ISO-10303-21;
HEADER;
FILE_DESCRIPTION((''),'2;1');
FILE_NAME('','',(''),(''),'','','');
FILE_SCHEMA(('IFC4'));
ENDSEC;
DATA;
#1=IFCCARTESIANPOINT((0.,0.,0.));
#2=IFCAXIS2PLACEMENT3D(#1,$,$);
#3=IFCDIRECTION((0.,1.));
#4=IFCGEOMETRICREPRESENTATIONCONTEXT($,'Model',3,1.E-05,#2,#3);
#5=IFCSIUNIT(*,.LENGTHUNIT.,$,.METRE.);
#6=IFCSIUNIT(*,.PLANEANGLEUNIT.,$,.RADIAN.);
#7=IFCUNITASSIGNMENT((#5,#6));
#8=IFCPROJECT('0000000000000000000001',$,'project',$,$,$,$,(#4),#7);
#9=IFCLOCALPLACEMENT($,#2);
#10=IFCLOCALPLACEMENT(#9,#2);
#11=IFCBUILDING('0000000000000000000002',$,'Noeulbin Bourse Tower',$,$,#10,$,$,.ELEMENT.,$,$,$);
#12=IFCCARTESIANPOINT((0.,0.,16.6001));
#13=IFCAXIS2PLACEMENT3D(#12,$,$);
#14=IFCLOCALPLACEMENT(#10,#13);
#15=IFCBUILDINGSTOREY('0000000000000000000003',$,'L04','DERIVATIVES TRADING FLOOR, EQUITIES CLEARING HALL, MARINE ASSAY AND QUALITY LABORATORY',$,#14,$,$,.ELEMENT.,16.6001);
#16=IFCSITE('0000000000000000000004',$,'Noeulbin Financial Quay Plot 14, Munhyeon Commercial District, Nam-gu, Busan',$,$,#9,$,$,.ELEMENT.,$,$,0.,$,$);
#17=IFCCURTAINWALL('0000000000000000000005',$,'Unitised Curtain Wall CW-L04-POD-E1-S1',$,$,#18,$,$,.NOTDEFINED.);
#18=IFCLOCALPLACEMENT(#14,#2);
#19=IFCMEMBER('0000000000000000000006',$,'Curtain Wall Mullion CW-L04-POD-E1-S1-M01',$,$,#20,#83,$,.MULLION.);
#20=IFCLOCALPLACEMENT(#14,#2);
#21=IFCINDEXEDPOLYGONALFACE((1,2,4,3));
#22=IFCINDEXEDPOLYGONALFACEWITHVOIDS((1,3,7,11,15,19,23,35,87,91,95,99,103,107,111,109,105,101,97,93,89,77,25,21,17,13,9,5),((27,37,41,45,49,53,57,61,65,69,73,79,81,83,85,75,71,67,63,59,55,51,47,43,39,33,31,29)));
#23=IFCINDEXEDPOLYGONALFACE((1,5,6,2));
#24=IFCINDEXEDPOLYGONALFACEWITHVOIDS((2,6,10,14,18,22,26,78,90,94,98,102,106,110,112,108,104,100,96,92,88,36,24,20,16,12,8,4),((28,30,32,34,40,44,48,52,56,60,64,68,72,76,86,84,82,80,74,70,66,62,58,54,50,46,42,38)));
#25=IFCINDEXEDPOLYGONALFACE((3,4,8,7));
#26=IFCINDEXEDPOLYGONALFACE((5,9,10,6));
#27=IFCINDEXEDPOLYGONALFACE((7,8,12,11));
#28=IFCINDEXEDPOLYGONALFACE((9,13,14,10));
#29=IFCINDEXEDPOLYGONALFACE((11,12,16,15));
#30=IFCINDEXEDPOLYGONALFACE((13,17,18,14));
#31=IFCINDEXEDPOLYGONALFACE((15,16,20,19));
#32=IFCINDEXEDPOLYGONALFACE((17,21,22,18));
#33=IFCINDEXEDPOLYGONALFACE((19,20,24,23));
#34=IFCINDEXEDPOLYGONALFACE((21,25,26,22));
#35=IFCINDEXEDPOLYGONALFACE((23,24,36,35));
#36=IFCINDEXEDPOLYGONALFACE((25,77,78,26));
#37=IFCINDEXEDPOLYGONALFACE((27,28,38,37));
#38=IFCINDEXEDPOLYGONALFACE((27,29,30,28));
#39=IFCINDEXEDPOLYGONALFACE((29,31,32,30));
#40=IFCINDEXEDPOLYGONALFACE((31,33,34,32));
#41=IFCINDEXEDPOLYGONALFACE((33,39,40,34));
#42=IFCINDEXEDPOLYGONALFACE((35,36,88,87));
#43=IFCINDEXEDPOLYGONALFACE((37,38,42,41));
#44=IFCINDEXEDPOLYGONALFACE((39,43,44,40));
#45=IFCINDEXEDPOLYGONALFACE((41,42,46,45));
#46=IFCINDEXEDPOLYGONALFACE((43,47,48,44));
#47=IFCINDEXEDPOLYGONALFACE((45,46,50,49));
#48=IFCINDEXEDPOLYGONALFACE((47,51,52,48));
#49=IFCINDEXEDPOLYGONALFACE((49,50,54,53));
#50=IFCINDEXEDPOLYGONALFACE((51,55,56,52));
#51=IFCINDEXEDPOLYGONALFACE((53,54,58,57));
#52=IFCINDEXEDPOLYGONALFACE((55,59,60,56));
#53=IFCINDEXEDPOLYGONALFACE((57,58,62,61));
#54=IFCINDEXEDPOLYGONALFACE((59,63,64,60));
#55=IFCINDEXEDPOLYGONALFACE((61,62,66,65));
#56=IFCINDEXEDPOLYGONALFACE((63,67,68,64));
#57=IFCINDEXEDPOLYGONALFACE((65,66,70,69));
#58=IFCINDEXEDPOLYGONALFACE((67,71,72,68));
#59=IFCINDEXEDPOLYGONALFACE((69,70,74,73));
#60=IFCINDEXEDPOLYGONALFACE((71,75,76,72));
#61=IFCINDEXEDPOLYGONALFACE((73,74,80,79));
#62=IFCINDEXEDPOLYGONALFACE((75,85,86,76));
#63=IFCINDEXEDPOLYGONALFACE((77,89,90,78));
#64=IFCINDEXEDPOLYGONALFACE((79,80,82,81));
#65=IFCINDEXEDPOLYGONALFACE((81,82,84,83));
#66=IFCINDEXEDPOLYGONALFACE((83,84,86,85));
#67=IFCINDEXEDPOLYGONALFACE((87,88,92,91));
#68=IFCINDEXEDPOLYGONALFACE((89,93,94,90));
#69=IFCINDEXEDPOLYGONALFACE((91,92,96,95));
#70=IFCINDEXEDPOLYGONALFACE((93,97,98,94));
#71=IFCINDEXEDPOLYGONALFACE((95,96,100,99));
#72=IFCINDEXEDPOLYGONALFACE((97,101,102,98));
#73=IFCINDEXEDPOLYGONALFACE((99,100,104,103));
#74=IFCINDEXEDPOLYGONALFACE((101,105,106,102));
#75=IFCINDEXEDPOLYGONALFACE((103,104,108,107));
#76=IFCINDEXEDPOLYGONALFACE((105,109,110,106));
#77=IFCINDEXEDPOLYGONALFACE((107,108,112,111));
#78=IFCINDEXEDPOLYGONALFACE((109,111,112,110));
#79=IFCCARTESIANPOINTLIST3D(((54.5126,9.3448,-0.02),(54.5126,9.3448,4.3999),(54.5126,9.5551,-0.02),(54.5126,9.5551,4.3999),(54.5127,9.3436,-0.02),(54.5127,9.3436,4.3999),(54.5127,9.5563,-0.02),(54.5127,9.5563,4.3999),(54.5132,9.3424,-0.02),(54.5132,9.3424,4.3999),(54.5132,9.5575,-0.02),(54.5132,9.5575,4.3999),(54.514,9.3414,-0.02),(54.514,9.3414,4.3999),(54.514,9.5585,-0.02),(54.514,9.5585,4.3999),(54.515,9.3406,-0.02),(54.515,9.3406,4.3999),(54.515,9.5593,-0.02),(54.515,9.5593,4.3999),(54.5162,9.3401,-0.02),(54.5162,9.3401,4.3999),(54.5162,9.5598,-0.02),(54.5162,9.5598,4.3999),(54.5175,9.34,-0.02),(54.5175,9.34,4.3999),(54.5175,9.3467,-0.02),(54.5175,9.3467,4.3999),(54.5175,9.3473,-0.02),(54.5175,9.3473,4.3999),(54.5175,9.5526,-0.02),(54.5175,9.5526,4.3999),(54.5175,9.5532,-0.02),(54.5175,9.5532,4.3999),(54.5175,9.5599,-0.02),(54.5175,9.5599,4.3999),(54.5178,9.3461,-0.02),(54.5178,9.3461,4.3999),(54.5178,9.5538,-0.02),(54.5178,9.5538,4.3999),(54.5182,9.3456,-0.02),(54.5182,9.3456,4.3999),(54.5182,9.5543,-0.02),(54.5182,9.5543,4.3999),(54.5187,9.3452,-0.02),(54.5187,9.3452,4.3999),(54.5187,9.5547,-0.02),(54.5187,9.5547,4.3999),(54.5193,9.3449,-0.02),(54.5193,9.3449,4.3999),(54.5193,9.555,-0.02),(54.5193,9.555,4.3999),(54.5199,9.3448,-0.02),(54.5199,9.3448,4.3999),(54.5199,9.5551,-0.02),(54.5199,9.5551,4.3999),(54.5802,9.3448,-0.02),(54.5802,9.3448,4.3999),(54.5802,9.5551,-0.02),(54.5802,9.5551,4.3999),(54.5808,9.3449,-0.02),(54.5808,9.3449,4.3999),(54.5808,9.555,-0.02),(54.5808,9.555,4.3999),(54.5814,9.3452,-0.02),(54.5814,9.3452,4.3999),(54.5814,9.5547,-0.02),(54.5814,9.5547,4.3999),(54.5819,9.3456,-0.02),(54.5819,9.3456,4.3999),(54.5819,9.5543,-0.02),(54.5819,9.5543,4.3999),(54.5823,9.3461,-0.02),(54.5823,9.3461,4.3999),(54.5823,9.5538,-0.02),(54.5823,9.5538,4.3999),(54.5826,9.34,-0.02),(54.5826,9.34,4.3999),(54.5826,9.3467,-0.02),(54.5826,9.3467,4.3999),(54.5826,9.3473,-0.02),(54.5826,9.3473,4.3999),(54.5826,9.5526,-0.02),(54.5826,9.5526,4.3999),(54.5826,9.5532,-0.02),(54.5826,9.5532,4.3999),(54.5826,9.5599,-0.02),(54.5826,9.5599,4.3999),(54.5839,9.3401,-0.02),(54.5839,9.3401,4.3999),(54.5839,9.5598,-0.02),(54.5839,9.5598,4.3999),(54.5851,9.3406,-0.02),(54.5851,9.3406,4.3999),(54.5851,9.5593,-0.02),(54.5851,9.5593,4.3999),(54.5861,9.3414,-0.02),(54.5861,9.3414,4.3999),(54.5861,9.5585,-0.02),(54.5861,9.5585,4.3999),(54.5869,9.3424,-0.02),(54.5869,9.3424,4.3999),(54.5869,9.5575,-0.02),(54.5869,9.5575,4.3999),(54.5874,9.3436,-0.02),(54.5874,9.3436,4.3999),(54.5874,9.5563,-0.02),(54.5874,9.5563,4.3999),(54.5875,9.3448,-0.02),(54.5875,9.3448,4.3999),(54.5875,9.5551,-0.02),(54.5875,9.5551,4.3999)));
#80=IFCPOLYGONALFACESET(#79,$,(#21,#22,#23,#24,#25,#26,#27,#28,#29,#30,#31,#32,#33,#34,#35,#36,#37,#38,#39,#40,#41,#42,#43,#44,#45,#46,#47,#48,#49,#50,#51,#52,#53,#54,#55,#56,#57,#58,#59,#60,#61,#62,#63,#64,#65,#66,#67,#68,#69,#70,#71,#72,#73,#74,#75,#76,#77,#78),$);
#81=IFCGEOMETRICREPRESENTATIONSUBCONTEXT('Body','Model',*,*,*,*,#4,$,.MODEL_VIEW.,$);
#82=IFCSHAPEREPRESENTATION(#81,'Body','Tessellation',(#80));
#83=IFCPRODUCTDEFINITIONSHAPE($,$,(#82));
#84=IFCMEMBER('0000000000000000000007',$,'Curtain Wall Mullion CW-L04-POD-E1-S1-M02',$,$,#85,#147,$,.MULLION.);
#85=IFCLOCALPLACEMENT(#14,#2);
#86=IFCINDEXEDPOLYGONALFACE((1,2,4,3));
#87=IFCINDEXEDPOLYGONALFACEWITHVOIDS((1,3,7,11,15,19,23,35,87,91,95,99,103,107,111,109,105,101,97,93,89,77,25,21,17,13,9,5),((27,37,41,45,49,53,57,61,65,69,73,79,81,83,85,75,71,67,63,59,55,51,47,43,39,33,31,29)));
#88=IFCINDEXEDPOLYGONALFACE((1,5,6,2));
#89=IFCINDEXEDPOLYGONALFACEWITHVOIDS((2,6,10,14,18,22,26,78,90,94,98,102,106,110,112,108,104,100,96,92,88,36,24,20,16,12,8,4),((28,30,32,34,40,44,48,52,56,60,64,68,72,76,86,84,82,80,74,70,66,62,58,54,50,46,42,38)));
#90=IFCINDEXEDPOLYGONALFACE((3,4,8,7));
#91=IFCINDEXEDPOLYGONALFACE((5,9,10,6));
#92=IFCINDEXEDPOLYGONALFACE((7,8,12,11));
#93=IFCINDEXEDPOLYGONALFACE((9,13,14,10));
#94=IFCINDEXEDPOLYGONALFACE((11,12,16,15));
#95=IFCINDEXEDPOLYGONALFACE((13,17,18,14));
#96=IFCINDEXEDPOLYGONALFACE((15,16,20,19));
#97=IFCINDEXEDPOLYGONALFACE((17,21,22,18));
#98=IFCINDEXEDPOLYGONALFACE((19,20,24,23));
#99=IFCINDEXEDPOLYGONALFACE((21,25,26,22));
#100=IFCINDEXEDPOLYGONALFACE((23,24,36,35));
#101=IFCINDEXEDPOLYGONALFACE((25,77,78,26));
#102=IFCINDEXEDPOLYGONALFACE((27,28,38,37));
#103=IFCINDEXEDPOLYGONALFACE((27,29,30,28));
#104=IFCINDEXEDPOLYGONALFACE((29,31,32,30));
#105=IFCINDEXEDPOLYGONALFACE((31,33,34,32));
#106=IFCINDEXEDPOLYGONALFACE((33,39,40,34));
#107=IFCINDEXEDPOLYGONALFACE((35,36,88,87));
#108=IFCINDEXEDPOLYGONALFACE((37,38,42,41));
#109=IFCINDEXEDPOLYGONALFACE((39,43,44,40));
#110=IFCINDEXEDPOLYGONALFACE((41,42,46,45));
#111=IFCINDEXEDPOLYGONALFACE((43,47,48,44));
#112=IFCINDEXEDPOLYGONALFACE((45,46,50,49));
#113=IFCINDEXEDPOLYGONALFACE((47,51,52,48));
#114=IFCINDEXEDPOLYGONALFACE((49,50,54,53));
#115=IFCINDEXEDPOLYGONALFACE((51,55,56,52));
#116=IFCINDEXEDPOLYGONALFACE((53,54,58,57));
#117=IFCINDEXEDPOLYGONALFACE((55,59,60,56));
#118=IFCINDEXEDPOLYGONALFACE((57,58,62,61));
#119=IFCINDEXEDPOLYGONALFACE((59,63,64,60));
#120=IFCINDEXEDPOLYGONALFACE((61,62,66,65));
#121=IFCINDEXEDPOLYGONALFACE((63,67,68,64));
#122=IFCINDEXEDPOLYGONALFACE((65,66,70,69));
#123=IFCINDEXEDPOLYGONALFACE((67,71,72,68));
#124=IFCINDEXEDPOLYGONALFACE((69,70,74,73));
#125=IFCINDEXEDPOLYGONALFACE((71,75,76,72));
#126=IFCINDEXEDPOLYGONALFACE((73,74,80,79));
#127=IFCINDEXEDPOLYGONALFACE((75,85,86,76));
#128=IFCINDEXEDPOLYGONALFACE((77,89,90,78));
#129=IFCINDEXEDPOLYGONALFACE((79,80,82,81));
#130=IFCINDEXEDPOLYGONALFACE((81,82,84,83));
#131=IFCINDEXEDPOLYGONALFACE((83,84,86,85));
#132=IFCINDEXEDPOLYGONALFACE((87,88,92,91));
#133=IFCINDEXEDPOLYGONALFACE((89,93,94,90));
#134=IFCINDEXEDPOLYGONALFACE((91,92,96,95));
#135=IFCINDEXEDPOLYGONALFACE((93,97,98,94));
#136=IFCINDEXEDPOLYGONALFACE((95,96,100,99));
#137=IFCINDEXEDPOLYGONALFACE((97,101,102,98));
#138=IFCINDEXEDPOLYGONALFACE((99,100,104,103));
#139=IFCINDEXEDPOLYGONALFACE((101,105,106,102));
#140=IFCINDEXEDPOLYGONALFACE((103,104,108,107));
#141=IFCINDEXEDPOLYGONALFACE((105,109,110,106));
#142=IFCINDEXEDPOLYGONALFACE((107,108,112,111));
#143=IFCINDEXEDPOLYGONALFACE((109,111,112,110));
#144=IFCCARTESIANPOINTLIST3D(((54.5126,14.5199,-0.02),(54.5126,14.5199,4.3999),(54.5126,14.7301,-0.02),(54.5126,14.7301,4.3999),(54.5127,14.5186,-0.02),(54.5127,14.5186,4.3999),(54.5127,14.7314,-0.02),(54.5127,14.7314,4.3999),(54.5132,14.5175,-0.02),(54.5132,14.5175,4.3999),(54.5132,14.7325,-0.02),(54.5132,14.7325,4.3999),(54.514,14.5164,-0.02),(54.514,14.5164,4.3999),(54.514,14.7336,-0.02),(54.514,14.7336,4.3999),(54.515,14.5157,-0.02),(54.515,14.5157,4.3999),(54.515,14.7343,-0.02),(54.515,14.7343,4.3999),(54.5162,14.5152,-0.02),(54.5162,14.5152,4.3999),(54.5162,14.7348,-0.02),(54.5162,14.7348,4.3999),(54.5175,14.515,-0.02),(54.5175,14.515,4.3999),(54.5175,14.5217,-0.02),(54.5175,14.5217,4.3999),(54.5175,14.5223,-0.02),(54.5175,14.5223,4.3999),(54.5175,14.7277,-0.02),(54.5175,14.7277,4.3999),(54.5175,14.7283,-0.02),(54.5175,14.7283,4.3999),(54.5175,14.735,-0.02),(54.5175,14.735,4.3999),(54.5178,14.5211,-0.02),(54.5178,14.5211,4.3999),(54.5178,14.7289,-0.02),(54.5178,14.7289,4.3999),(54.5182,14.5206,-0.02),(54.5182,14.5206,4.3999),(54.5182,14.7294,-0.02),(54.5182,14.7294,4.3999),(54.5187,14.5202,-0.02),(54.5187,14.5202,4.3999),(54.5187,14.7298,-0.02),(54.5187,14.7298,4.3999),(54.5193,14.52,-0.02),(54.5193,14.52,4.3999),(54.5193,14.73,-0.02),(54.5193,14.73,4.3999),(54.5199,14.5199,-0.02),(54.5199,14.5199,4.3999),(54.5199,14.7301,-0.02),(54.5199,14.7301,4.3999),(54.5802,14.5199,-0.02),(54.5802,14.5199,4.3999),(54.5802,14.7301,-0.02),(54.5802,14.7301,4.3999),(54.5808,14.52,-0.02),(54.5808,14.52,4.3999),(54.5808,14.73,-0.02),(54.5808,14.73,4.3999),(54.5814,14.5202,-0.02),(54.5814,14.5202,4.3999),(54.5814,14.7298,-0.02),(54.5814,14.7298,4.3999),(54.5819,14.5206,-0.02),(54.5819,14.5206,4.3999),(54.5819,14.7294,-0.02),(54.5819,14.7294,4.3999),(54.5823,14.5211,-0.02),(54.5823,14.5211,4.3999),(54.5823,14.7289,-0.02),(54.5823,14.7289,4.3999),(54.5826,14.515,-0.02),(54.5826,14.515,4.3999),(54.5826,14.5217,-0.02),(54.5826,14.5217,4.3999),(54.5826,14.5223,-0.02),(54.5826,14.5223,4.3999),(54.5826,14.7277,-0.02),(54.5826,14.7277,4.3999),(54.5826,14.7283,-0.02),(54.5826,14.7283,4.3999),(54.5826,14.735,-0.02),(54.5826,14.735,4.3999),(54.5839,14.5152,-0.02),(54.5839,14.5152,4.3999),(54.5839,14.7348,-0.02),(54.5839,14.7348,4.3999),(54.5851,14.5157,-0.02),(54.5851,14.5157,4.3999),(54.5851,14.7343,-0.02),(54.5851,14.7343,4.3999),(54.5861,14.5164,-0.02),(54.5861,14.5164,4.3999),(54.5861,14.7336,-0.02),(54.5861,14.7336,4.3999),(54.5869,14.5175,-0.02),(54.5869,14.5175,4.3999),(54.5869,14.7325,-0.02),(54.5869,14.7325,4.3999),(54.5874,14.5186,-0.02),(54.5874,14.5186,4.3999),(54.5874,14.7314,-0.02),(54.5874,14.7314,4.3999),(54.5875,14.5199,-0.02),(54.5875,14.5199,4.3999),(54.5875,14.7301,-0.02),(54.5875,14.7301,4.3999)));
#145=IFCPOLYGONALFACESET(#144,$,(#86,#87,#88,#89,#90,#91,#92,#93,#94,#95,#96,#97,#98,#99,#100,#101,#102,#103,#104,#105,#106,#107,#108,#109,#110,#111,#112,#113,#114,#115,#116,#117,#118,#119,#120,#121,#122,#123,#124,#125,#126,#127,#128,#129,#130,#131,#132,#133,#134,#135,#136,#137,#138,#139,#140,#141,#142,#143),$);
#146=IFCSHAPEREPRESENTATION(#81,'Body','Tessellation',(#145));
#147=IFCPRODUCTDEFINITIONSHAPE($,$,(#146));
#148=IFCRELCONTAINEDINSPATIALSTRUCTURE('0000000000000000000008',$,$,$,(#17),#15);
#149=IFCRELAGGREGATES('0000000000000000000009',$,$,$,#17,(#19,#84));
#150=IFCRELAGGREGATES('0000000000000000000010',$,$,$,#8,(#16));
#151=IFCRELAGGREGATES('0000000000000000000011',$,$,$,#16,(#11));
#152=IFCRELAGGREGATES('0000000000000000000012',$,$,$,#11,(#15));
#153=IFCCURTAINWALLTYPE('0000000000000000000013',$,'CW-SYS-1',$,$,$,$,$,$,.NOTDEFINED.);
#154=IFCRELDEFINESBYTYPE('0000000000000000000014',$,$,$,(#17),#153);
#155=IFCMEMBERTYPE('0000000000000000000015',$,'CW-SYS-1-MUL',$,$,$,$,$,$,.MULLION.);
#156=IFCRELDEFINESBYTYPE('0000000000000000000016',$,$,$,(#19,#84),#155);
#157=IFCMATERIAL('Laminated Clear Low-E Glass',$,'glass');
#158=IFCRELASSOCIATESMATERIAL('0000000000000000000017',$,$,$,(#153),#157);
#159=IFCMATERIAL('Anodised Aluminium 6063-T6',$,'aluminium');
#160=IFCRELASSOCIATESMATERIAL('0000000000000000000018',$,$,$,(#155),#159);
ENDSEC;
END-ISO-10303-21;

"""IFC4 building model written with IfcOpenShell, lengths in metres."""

from ifc_helpers import new_model, si_unit, direction, frame, origin, origin_2d, place, context, subcontext, project, spatial, hollow_rectangle, extrude, material, material_profile, profile_set, type_object, element, aggregate, save


model = new_model("IFC4")

# Units and contexts
model_context = context("Model", 3, precision=1e-05, world=origin(), true_north=direction((0.0, 1.0)))
body_context = subcontext(model_context, "Body", "Model", "MODEL_VIEW")
ifc_project = project(units=[si_unit("LENGTHUNIT", "METRE"), si_unit("PLANEANGLEUNIT", "RADIAN")], contexts=[model_context])

# Site, building, storey
site_placement = place(None, origin())
site = spatial("IfcSite", under=ifc_project, at=site_placement, Name="Noeulbin Financial Quay Plot 14, Munhyeon Commercial District, Nam-gu, Busan", CompositionType="ELEMENT", RefElevation=0.0)
building_placement = place(site_placement, origin())
building = spatial("IfcBuilding", under=site, at=building_placement, Name="Noeulbin Bourse Tower", CompositionType="ELEMENT")
storey_placement = place(building_placement, frame((0.0, 0.0, 16.6001)))
storey = spatial("IfcBuildingStorey", under=building, at=storey_placement, Name="L04", Description="DERIVATIVES TRADING FLOOR, EQUITIES CLEARING HALL, MARINE ASSAY AND QUALITY LABORATORY", CompositionType="ELEMENT", Elevation=16.6001)

# Shared definitions
ifc_material_1 = material(Name="Laminated Clear Low-E Glass", Category="glass")
curtain_wall_type = type_object("IfcCurtainWallType", Name="CW-SYS-1", PredefinedType="NOTDEFINED", material=ifc_material_1)
ifc_material_2 = material(Name="Anodised Aluminium 6063-T6", Category="aluminium")
ifc_material_profile_1 = material_profile(ifc_material_2, hollow_rectangle(XDim=0.075, YDim=0.22, WallThickness=0.0049, InnerFilletRadius=0.0024, OuterFilletRadius=0.0049, at=origin_2d()), Name="ALU-MULL-75x220x5", Category="LoadBearing")
ifc_profile_set_1 = profile_set([ifc_material_profile_1], Name="Anodised Aluminium 6063-T6")
member_type_1 = type_object("IfcMemberType", Name="CW-SYS-1-MUL", PredefinedType="MULLION", material=ifc_profile_set_1)

# Curtain wall, members
curtain_wall_1_placement = place(storey_placement, origin())
curtain_wall_1 = element("IfcCurtainWall", 1, at=curtain_wall_1_placement, inside=storey, type_object=curtain_wall_type, Name="Unitised Curtain Wall CW-L04-POD-E1-S1", PredefinedType="NOTDEFINED")
member_1_placement = place(storey_placement, frame((54.55, 9.45, -0.02), z_axis=(0.0, 0.0, 1.0), x_axis=(1.0, 0.0, 0.0)))
member_1 = element("IfcMember", 2, at=member_1_placement, type_object=member_type_1, Name="Curtain Wall Mullion CW-L04-POD-E1-S1-M01", PredefinedType="MULLION", context=body_context, shape_type="SweptSolid", body=[
    extrude(hollow_rectangle(XDim=0.075, YDim=0.22, WallThickness=0.0049, InnerFilletRadius=0.0024, OuterFilletRadius=0.0049, at=origin_2d()), origin(), (0.0, 0.0, 1.0), 4.4199),
])
member_2_placement = place(storey_placement, frame((54.55, 14.625, -0.02), z_axis=(0.0, 0.0, 1.0), x_axis=(1.0, 0.0, 0.0)))
member_2 = element("IfcMember", 3, at=member_2_placement, type_object=member_type_1, Name="Curtain Wall Mullion CW-L04-POD-E1-S1-M02", PredefinedType="MULLION", context=body_context, shape_type="SweptSolid", body=[
    extrude(hollow_rectangle(XDim=0.075, YDim=0.22, WallThickness=0.0049, InnerFilletRadius=0.0024, OuterFilletRadius=0.0049, at=origin_2d()), origin(), (0.0, 0.0, 1.0), 4.4199),
])

aggregate(curtain_wall_1, [member_1, member_2])

save(model, "model.ifc")
